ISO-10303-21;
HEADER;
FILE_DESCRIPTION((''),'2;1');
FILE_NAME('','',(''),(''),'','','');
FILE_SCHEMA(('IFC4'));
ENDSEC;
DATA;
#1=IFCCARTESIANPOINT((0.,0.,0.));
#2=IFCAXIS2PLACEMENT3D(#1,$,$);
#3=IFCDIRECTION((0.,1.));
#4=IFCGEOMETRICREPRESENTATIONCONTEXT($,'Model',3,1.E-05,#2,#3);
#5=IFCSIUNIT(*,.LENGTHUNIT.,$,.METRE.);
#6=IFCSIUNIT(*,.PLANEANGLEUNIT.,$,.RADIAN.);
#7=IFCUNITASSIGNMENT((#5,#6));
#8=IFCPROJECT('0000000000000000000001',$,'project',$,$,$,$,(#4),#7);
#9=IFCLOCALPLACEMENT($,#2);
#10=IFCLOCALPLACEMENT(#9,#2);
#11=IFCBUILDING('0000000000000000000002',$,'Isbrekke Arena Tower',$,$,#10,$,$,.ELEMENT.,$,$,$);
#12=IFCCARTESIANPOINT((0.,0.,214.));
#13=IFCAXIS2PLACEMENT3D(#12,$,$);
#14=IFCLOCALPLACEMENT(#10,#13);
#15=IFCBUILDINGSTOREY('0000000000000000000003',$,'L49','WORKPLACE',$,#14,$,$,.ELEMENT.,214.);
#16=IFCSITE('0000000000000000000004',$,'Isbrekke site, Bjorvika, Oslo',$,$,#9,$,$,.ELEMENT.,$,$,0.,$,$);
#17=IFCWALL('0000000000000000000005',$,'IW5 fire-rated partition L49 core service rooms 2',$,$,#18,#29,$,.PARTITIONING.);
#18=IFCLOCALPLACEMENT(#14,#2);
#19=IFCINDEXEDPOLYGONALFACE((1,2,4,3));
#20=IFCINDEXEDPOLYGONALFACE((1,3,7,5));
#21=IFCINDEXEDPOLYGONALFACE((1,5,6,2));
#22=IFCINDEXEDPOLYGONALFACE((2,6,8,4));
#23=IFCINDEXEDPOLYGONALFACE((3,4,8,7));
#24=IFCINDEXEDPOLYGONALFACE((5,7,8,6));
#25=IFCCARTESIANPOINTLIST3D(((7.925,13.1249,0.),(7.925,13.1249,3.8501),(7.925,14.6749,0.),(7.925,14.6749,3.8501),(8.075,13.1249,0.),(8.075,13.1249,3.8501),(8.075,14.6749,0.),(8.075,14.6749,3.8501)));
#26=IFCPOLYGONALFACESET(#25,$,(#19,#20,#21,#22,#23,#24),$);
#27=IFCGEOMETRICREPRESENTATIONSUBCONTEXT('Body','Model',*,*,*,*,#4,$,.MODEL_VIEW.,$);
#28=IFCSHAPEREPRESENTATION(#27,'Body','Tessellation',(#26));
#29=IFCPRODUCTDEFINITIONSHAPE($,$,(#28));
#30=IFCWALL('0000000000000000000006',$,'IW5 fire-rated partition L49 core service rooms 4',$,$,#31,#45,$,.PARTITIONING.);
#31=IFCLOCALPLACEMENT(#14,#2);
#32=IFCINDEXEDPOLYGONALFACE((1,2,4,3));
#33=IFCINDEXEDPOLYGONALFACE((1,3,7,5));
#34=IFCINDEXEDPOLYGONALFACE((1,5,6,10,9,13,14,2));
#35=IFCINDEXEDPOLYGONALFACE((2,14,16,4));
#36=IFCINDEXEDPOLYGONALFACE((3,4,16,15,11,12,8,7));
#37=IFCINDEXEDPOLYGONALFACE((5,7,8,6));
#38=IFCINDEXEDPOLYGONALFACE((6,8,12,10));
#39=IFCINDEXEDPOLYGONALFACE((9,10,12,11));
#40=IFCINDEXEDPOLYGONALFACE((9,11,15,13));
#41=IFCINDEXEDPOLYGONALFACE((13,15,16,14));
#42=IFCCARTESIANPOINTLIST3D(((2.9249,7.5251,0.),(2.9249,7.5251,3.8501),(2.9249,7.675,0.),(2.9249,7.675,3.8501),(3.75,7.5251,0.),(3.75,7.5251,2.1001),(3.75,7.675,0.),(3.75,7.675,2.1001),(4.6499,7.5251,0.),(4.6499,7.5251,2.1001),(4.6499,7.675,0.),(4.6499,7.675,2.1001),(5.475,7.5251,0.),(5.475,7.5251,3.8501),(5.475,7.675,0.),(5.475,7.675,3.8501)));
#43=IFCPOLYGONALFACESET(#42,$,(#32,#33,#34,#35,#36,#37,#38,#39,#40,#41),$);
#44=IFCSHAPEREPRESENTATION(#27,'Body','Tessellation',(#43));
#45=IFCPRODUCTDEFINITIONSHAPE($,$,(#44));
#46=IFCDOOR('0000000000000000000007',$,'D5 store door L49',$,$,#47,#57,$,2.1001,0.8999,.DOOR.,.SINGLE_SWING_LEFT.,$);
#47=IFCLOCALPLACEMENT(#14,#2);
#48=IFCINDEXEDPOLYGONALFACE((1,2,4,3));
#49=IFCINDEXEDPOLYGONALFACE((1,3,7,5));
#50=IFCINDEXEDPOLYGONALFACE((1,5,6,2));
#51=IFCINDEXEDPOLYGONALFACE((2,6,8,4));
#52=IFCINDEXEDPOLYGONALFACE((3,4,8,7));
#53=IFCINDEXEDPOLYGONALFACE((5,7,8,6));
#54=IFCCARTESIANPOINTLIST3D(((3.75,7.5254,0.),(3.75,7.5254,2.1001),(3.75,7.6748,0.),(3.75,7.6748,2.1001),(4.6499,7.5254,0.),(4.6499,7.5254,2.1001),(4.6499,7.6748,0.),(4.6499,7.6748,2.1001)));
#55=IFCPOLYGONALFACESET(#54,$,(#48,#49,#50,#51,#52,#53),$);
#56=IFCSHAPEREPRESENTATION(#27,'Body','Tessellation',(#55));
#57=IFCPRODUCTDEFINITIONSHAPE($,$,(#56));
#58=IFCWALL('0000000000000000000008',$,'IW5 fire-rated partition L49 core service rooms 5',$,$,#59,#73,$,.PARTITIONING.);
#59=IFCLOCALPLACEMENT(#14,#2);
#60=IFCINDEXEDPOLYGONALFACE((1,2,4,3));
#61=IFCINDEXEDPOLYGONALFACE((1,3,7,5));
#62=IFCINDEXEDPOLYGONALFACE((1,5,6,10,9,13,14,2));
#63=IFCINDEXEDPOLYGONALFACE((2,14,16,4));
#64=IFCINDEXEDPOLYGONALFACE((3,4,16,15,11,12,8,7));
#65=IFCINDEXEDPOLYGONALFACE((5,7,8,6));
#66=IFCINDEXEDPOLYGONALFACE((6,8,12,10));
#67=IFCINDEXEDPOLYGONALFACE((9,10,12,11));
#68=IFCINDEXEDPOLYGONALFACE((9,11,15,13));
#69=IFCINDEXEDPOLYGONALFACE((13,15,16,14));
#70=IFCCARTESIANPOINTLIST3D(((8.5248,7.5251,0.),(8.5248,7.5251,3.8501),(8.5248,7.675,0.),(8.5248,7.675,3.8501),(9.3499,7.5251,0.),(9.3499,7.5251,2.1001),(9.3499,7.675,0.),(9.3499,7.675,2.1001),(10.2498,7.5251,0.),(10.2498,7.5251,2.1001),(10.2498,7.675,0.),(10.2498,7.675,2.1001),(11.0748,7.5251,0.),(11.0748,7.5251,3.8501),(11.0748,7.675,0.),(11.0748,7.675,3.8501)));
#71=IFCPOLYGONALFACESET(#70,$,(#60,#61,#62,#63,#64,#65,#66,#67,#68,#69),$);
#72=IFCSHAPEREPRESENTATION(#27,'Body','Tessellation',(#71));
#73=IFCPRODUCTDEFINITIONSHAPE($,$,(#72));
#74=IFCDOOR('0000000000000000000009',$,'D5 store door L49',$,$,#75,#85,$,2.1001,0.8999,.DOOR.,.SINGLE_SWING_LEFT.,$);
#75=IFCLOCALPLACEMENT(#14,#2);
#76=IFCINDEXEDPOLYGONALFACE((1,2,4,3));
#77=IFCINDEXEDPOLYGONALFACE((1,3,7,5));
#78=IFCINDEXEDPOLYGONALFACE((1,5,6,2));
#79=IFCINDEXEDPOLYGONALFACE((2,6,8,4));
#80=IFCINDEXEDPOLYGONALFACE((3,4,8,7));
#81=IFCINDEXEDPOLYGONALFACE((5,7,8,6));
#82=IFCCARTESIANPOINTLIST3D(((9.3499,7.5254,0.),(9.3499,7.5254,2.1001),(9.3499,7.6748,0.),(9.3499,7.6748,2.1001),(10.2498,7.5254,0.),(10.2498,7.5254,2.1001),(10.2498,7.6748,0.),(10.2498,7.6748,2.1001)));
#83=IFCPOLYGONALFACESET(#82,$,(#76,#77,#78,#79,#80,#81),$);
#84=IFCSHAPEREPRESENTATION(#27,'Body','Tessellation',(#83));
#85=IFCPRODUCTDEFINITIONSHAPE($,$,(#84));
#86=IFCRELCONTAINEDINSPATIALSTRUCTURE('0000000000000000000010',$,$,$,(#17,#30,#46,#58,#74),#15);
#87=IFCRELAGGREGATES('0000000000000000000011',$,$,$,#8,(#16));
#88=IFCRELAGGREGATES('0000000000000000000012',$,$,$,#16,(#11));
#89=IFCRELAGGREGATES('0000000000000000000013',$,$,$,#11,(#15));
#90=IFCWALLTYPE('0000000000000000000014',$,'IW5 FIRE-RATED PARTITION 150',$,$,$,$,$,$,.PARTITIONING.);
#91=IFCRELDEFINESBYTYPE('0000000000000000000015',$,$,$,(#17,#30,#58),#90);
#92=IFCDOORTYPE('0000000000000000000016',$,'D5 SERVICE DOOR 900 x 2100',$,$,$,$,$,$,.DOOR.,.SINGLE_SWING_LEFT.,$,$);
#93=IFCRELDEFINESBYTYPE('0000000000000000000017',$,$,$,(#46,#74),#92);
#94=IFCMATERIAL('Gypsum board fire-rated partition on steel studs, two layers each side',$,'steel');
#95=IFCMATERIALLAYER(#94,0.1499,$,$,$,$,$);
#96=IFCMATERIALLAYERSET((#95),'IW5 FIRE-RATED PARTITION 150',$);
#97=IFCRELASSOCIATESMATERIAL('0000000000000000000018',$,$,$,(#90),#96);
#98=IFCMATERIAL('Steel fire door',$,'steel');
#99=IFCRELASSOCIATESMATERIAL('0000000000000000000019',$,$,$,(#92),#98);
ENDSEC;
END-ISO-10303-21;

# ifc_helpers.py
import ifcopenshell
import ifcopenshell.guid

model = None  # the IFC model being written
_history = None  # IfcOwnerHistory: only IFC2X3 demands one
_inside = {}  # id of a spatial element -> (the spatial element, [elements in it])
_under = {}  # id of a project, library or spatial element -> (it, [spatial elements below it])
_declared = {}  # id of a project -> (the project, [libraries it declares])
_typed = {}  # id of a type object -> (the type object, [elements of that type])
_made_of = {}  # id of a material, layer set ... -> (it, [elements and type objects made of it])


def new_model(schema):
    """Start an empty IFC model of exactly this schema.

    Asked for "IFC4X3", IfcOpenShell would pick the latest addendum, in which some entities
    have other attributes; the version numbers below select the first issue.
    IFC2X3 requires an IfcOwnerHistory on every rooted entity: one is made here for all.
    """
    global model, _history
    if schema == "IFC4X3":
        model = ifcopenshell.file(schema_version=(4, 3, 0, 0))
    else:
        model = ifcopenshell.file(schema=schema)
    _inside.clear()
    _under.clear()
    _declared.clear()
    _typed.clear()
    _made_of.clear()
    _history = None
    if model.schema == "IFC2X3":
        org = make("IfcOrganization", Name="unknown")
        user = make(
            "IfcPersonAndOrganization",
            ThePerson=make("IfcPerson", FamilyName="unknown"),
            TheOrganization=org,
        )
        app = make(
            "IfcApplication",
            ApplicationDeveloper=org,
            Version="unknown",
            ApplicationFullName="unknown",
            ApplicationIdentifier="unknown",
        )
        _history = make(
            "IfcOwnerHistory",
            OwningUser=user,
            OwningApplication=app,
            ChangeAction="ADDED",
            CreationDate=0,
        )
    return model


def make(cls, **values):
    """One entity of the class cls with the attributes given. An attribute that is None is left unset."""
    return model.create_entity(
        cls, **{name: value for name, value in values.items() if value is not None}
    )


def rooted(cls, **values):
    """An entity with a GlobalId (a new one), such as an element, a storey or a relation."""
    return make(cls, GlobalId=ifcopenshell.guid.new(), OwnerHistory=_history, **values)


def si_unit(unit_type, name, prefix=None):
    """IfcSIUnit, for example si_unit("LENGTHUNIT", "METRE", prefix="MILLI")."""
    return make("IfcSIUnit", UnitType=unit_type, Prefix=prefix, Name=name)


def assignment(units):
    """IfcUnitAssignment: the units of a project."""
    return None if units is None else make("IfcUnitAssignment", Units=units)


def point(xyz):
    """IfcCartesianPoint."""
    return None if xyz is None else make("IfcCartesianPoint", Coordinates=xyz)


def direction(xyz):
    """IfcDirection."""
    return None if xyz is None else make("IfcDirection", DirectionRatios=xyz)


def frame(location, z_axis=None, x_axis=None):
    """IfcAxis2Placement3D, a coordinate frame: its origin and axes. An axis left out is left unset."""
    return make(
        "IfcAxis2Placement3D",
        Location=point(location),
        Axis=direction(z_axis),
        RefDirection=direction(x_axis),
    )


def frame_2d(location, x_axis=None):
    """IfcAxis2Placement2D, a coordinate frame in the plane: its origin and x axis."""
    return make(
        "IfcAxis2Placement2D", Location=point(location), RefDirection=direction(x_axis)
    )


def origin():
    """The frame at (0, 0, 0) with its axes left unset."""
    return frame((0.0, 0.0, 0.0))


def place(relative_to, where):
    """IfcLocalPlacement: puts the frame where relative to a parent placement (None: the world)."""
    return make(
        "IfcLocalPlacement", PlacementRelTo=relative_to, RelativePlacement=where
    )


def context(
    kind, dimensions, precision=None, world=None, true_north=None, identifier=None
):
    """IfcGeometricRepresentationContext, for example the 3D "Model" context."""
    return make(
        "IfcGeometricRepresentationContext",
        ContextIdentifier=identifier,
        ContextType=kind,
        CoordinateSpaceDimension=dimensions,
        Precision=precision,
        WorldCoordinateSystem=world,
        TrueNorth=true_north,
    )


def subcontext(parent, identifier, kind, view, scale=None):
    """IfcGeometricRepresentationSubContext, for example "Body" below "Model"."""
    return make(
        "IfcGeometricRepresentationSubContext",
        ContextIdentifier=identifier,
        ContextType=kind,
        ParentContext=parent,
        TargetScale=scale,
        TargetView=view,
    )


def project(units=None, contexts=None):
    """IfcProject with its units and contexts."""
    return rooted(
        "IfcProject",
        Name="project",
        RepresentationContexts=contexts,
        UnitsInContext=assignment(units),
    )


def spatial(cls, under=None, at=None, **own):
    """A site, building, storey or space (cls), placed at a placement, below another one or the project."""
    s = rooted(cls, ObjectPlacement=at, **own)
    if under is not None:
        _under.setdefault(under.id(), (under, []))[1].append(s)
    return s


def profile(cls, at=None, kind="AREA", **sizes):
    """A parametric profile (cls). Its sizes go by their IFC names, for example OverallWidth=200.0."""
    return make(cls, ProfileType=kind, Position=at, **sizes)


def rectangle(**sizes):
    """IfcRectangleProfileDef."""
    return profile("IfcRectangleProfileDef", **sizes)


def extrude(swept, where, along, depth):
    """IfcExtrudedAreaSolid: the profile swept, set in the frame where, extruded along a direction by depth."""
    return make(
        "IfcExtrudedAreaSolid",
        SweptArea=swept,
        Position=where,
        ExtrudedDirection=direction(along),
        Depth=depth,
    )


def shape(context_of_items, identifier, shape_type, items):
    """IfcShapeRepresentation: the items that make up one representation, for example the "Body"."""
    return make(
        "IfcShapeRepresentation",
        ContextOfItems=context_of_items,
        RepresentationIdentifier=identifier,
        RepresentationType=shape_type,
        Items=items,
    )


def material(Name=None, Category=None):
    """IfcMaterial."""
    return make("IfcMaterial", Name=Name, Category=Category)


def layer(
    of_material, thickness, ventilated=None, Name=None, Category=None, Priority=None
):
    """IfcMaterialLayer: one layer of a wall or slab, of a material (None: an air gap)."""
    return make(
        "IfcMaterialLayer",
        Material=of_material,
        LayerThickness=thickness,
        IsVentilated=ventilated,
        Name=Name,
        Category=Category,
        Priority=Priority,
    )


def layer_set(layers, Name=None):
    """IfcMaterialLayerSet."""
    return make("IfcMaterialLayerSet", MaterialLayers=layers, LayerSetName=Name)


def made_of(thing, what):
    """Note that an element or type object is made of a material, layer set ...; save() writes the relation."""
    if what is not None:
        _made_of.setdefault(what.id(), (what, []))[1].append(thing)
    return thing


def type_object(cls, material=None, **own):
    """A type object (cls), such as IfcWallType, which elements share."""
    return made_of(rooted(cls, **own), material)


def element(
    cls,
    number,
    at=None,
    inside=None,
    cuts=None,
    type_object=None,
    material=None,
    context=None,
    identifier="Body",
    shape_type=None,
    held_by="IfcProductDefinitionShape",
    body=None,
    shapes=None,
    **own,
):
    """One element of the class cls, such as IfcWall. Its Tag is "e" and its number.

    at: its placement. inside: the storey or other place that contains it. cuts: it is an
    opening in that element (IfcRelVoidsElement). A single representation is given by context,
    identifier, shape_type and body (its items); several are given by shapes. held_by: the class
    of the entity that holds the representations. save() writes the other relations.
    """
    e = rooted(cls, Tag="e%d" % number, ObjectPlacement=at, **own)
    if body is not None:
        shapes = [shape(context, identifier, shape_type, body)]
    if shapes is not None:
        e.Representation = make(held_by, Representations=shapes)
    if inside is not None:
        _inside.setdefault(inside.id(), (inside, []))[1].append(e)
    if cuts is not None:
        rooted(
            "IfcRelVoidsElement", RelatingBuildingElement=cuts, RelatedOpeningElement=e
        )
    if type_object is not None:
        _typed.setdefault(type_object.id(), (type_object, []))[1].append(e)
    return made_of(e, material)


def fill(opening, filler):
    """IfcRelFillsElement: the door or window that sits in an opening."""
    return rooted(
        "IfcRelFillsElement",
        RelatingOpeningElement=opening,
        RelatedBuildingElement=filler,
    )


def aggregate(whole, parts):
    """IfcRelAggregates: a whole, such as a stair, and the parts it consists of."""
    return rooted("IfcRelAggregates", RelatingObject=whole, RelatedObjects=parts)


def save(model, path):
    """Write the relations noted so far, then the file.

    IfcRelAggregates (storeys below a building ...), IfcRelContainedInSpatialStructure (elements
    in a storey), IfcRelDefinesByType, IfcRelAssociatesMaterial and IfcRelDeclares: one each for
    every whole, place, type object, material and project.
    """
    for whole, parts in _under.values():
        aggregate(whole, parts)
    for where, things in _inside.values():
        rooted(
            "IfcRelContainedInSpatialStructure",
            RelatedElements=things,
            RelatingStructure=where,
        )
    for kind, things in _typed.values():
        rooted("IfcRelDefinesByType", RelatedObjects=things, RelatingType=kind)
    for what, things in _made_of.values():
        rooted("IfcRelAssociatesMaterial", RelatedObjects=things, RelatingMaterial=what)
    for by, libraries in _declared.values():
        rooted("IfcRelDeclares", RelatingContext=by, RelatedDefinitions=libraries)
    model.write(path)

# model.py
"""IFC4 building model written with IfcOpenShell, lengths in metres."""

from ifc_helpers import new_model, si_unit, direction, frame, frame_2d, origin, place, context, subcontext, project, spatial, rectangle, extrude, material, layer, layer_set, type_object, element, fill, save


model = new_model("IFC4")

# Units and contexts
model_context = context("Model", 3, precision=1e-05, world=origin(), true_north=direction((0.0, 1.0)))
body_context = subcontext(model_context, "Body", "Model", "MODEL_VIEW")
ifc_project = project(units=[si_unit("LENGTHUNIT", "METRE"), si_unit("PLANEANGLEUNIT", "RADIAN")], contexts=[model_context])

# Site, building, storey
site_placement = place(None, origin())
site = spatial("IfcSite", under=ifc_project, at=site_placement, Name="Isbrekke site, Bjorvika, Oslo", CompositionType="ELEMENT", RefElevation=0.0)
building_placement = place(site_placement, origin())
building = spatial("IfcBuilding", under=site, at=building_placement, Name="Isbrekke Arena Tower", CompositionType="ELEMENT")
storey_placement = place(building_placement, frame((0.0, 0.0, 214.0)))
storey = spatial("IfcBuildingStorey", under=building, at=storey_placement, Name="L49", Description="WORKPLACE", CompositionType="ELEMENT", Elevation=214.0)

# Wall
ifc_material_1 = material(Name="Gypsum board fire-rated partition on steel studs, two layers each side", Category="steel")
ifc_layer_1 = layer(ifc_material_1, 0.1499)
ifc_layer_set_1 = layer_set([ifc_layer_1], Name="IW5 FIRE-RATED PARTITION 150")
wall_type_1 = type_object("IfcWallType", Name="IW5 FIRE-RATED PARTITION 150", PredefinedType="PARTITIONING", material=ifc_layer_set_1)
wall_1_placement = place(storey_placement, frame((8.0, 13.125, 0.0), z_axis=(0.0, 0.0, 1.0), x_axis=(0.0, 1.0, 0.0)))
element("IfcWall", 1, at=wall_1_placement, inside=storey, type_object=wall_type_1, Name="IW5 fire-rated partition L49 core service rooms 2", PredefinedType="PARTITIONING", context=body_context, shape_type="SweptSolid", body=[
    extrude(rectangle(XDim=1.55, YDim=0.1499, at=frame_2d((0.7749, 0.0))), origin(), (0.0, 0.0, 1.0), 3.8501),
])

# Walls, openings, doors
wall_2_placement = place(storey_placement, frame((2.925, 7.6001, 0.0), z_axis=(0.0, 0.0, 1.0), x_axis=(1.0, 0.0, 0.0)))
wall_2 = element("IfcWall", 2, at=wall_2_placement, inside=storey, type_object=wall_type_1, Name="IW5 fire-rated partition L49 core service rooms 4", PredefinedType="PARTITIONING", context=body_context, shape_type="SweptSolid", body=[
    extrude(rectangle(XDim=2.55, YDim=0.1499, at=frame_2d((1.2749, 0.0))), origin(), (0.0, 0.0, 1.0), 3.8501),
])
opening_1_placement = place(wall_2_placement, frame((0.825, 0.0, 0.0)))
opening_1 = element("IfcOpeningElement", 3, at=opening_1_placement, cuts=wall_2, PredefinedType="OPENING", context=body_context, shape_type="SweptSolid", body=[
    extrude(rectangle(XDim=0.8999, YDim=2.1001, at=frame_2d((0.45, 1.05))), frame((0.0, 0.0898, 0.0), z_axis=(0.0, -1.0, 0.0), x_axis=(1.0, 0.0, 0.0)), (0.0, 0.0, 1.0), 0.1797),
])
ifc_material_2 = material(Name="Steel fire door", Category="steel")
door_type_1 = type_object("IfcDoorType", Name="D5 SERVICE DOOR 900 x 2100", OperationType="SINGLE_SWING_LEFT", PredefinedType="DOOR", material=ifc_material_2)
door_1_placement = place(opening_1_placement, origin())
door_1 = element("IfcDoor", 4, at=door_1_placement, inside=storey, type_object=door_type_1, Name="D5 store door L49", OperationType="SINGLE_SWING_LEFT", OverallHeight=2.1001, OverallWidth=0.8999, PredefinedType="DOOR", context=body_context, shape_type="SweptSolid", body=[
    extrude(rectangle(XDim=0.8999, YDim=2.1001, at=frame_2d((0.45, 1.05))), frame((0.0, 0.0747, 0.0), z_axis=(0.0, -1.0, 0.0), x_axis=(1.0, 0.0, 0.0)), (0.0, 0.0, 1.0), 0.1494),
])
fill(opening_1, door_1)
wall_3_placement = place(storey_placement, frame((8.5249, 7.6001, 0.0), z_axis=(0.0, 0.0, 1.0), x_axis=(1.0, 0.0, 0.0)))
wall_3 = element("IfcWall", 5, at=wall_3_placement, inside=storey, type_object=wall_type_1, Name="IW5 fire-rated partition L49 core service rooms 5", PredefinedType="PARTITIONING", context=body_context, shape_type="SweptSolid", body=[
    extrude(rectangle(XDim=2.55, YDim=0.1499, at=frame_2d((1.2749, 0.0))), origin(), (0.0, 0.0, 1.0), 3.8501),
])
opening_2_placement = place(wall_3_placement, frame((0.825, 0.0, 0.0)))
opening_2 = element("IfcOpeningElement", 6, at=opening_2_placement, cuts=wall_3, PredefinedType="OPENING", context=body_context, shape_type="SweptSolid", body=[
    extrude(rectangle(XDim=0.8999, YDim=2.1001, at=frame_2d((0.45, 1.05))), frame((0.0, 0.0898, 0.0), z_axis=(0.0, -1.0, 0.0), x_axis=(1.0, 0.0, 0.0)), (0.0, 0.0, 1.0), 0.1797),
])
door_2_placement = place(opening_2_placement, origin())
door_2 = element("IfcDoor", 7, at=door_2_placement, inside=storey, type_object=door_type_1, Name="D5 store door L49", OperationType="SINGLE_SWING_LEFT", OverallHeight=2.1001, OverallWidth=0.8999, PredefinedType="DOOR", context=body_context, shape_type="SweptSolid", body=[
    extrude(rectangle(XDim=0.8999, YDim=2.1001, at=frame_2d((0.45, 1.05))), frame((0.0, 0.0747, 0.0), z_axis=(0.0, -1.0, 0.0), x_axis=(1.0, 0.0, 0.0)), (0.0, 0.0, 1.0), 0.1494),
])
fill(opening_2, door_2)

save(model, "model.ifc")
